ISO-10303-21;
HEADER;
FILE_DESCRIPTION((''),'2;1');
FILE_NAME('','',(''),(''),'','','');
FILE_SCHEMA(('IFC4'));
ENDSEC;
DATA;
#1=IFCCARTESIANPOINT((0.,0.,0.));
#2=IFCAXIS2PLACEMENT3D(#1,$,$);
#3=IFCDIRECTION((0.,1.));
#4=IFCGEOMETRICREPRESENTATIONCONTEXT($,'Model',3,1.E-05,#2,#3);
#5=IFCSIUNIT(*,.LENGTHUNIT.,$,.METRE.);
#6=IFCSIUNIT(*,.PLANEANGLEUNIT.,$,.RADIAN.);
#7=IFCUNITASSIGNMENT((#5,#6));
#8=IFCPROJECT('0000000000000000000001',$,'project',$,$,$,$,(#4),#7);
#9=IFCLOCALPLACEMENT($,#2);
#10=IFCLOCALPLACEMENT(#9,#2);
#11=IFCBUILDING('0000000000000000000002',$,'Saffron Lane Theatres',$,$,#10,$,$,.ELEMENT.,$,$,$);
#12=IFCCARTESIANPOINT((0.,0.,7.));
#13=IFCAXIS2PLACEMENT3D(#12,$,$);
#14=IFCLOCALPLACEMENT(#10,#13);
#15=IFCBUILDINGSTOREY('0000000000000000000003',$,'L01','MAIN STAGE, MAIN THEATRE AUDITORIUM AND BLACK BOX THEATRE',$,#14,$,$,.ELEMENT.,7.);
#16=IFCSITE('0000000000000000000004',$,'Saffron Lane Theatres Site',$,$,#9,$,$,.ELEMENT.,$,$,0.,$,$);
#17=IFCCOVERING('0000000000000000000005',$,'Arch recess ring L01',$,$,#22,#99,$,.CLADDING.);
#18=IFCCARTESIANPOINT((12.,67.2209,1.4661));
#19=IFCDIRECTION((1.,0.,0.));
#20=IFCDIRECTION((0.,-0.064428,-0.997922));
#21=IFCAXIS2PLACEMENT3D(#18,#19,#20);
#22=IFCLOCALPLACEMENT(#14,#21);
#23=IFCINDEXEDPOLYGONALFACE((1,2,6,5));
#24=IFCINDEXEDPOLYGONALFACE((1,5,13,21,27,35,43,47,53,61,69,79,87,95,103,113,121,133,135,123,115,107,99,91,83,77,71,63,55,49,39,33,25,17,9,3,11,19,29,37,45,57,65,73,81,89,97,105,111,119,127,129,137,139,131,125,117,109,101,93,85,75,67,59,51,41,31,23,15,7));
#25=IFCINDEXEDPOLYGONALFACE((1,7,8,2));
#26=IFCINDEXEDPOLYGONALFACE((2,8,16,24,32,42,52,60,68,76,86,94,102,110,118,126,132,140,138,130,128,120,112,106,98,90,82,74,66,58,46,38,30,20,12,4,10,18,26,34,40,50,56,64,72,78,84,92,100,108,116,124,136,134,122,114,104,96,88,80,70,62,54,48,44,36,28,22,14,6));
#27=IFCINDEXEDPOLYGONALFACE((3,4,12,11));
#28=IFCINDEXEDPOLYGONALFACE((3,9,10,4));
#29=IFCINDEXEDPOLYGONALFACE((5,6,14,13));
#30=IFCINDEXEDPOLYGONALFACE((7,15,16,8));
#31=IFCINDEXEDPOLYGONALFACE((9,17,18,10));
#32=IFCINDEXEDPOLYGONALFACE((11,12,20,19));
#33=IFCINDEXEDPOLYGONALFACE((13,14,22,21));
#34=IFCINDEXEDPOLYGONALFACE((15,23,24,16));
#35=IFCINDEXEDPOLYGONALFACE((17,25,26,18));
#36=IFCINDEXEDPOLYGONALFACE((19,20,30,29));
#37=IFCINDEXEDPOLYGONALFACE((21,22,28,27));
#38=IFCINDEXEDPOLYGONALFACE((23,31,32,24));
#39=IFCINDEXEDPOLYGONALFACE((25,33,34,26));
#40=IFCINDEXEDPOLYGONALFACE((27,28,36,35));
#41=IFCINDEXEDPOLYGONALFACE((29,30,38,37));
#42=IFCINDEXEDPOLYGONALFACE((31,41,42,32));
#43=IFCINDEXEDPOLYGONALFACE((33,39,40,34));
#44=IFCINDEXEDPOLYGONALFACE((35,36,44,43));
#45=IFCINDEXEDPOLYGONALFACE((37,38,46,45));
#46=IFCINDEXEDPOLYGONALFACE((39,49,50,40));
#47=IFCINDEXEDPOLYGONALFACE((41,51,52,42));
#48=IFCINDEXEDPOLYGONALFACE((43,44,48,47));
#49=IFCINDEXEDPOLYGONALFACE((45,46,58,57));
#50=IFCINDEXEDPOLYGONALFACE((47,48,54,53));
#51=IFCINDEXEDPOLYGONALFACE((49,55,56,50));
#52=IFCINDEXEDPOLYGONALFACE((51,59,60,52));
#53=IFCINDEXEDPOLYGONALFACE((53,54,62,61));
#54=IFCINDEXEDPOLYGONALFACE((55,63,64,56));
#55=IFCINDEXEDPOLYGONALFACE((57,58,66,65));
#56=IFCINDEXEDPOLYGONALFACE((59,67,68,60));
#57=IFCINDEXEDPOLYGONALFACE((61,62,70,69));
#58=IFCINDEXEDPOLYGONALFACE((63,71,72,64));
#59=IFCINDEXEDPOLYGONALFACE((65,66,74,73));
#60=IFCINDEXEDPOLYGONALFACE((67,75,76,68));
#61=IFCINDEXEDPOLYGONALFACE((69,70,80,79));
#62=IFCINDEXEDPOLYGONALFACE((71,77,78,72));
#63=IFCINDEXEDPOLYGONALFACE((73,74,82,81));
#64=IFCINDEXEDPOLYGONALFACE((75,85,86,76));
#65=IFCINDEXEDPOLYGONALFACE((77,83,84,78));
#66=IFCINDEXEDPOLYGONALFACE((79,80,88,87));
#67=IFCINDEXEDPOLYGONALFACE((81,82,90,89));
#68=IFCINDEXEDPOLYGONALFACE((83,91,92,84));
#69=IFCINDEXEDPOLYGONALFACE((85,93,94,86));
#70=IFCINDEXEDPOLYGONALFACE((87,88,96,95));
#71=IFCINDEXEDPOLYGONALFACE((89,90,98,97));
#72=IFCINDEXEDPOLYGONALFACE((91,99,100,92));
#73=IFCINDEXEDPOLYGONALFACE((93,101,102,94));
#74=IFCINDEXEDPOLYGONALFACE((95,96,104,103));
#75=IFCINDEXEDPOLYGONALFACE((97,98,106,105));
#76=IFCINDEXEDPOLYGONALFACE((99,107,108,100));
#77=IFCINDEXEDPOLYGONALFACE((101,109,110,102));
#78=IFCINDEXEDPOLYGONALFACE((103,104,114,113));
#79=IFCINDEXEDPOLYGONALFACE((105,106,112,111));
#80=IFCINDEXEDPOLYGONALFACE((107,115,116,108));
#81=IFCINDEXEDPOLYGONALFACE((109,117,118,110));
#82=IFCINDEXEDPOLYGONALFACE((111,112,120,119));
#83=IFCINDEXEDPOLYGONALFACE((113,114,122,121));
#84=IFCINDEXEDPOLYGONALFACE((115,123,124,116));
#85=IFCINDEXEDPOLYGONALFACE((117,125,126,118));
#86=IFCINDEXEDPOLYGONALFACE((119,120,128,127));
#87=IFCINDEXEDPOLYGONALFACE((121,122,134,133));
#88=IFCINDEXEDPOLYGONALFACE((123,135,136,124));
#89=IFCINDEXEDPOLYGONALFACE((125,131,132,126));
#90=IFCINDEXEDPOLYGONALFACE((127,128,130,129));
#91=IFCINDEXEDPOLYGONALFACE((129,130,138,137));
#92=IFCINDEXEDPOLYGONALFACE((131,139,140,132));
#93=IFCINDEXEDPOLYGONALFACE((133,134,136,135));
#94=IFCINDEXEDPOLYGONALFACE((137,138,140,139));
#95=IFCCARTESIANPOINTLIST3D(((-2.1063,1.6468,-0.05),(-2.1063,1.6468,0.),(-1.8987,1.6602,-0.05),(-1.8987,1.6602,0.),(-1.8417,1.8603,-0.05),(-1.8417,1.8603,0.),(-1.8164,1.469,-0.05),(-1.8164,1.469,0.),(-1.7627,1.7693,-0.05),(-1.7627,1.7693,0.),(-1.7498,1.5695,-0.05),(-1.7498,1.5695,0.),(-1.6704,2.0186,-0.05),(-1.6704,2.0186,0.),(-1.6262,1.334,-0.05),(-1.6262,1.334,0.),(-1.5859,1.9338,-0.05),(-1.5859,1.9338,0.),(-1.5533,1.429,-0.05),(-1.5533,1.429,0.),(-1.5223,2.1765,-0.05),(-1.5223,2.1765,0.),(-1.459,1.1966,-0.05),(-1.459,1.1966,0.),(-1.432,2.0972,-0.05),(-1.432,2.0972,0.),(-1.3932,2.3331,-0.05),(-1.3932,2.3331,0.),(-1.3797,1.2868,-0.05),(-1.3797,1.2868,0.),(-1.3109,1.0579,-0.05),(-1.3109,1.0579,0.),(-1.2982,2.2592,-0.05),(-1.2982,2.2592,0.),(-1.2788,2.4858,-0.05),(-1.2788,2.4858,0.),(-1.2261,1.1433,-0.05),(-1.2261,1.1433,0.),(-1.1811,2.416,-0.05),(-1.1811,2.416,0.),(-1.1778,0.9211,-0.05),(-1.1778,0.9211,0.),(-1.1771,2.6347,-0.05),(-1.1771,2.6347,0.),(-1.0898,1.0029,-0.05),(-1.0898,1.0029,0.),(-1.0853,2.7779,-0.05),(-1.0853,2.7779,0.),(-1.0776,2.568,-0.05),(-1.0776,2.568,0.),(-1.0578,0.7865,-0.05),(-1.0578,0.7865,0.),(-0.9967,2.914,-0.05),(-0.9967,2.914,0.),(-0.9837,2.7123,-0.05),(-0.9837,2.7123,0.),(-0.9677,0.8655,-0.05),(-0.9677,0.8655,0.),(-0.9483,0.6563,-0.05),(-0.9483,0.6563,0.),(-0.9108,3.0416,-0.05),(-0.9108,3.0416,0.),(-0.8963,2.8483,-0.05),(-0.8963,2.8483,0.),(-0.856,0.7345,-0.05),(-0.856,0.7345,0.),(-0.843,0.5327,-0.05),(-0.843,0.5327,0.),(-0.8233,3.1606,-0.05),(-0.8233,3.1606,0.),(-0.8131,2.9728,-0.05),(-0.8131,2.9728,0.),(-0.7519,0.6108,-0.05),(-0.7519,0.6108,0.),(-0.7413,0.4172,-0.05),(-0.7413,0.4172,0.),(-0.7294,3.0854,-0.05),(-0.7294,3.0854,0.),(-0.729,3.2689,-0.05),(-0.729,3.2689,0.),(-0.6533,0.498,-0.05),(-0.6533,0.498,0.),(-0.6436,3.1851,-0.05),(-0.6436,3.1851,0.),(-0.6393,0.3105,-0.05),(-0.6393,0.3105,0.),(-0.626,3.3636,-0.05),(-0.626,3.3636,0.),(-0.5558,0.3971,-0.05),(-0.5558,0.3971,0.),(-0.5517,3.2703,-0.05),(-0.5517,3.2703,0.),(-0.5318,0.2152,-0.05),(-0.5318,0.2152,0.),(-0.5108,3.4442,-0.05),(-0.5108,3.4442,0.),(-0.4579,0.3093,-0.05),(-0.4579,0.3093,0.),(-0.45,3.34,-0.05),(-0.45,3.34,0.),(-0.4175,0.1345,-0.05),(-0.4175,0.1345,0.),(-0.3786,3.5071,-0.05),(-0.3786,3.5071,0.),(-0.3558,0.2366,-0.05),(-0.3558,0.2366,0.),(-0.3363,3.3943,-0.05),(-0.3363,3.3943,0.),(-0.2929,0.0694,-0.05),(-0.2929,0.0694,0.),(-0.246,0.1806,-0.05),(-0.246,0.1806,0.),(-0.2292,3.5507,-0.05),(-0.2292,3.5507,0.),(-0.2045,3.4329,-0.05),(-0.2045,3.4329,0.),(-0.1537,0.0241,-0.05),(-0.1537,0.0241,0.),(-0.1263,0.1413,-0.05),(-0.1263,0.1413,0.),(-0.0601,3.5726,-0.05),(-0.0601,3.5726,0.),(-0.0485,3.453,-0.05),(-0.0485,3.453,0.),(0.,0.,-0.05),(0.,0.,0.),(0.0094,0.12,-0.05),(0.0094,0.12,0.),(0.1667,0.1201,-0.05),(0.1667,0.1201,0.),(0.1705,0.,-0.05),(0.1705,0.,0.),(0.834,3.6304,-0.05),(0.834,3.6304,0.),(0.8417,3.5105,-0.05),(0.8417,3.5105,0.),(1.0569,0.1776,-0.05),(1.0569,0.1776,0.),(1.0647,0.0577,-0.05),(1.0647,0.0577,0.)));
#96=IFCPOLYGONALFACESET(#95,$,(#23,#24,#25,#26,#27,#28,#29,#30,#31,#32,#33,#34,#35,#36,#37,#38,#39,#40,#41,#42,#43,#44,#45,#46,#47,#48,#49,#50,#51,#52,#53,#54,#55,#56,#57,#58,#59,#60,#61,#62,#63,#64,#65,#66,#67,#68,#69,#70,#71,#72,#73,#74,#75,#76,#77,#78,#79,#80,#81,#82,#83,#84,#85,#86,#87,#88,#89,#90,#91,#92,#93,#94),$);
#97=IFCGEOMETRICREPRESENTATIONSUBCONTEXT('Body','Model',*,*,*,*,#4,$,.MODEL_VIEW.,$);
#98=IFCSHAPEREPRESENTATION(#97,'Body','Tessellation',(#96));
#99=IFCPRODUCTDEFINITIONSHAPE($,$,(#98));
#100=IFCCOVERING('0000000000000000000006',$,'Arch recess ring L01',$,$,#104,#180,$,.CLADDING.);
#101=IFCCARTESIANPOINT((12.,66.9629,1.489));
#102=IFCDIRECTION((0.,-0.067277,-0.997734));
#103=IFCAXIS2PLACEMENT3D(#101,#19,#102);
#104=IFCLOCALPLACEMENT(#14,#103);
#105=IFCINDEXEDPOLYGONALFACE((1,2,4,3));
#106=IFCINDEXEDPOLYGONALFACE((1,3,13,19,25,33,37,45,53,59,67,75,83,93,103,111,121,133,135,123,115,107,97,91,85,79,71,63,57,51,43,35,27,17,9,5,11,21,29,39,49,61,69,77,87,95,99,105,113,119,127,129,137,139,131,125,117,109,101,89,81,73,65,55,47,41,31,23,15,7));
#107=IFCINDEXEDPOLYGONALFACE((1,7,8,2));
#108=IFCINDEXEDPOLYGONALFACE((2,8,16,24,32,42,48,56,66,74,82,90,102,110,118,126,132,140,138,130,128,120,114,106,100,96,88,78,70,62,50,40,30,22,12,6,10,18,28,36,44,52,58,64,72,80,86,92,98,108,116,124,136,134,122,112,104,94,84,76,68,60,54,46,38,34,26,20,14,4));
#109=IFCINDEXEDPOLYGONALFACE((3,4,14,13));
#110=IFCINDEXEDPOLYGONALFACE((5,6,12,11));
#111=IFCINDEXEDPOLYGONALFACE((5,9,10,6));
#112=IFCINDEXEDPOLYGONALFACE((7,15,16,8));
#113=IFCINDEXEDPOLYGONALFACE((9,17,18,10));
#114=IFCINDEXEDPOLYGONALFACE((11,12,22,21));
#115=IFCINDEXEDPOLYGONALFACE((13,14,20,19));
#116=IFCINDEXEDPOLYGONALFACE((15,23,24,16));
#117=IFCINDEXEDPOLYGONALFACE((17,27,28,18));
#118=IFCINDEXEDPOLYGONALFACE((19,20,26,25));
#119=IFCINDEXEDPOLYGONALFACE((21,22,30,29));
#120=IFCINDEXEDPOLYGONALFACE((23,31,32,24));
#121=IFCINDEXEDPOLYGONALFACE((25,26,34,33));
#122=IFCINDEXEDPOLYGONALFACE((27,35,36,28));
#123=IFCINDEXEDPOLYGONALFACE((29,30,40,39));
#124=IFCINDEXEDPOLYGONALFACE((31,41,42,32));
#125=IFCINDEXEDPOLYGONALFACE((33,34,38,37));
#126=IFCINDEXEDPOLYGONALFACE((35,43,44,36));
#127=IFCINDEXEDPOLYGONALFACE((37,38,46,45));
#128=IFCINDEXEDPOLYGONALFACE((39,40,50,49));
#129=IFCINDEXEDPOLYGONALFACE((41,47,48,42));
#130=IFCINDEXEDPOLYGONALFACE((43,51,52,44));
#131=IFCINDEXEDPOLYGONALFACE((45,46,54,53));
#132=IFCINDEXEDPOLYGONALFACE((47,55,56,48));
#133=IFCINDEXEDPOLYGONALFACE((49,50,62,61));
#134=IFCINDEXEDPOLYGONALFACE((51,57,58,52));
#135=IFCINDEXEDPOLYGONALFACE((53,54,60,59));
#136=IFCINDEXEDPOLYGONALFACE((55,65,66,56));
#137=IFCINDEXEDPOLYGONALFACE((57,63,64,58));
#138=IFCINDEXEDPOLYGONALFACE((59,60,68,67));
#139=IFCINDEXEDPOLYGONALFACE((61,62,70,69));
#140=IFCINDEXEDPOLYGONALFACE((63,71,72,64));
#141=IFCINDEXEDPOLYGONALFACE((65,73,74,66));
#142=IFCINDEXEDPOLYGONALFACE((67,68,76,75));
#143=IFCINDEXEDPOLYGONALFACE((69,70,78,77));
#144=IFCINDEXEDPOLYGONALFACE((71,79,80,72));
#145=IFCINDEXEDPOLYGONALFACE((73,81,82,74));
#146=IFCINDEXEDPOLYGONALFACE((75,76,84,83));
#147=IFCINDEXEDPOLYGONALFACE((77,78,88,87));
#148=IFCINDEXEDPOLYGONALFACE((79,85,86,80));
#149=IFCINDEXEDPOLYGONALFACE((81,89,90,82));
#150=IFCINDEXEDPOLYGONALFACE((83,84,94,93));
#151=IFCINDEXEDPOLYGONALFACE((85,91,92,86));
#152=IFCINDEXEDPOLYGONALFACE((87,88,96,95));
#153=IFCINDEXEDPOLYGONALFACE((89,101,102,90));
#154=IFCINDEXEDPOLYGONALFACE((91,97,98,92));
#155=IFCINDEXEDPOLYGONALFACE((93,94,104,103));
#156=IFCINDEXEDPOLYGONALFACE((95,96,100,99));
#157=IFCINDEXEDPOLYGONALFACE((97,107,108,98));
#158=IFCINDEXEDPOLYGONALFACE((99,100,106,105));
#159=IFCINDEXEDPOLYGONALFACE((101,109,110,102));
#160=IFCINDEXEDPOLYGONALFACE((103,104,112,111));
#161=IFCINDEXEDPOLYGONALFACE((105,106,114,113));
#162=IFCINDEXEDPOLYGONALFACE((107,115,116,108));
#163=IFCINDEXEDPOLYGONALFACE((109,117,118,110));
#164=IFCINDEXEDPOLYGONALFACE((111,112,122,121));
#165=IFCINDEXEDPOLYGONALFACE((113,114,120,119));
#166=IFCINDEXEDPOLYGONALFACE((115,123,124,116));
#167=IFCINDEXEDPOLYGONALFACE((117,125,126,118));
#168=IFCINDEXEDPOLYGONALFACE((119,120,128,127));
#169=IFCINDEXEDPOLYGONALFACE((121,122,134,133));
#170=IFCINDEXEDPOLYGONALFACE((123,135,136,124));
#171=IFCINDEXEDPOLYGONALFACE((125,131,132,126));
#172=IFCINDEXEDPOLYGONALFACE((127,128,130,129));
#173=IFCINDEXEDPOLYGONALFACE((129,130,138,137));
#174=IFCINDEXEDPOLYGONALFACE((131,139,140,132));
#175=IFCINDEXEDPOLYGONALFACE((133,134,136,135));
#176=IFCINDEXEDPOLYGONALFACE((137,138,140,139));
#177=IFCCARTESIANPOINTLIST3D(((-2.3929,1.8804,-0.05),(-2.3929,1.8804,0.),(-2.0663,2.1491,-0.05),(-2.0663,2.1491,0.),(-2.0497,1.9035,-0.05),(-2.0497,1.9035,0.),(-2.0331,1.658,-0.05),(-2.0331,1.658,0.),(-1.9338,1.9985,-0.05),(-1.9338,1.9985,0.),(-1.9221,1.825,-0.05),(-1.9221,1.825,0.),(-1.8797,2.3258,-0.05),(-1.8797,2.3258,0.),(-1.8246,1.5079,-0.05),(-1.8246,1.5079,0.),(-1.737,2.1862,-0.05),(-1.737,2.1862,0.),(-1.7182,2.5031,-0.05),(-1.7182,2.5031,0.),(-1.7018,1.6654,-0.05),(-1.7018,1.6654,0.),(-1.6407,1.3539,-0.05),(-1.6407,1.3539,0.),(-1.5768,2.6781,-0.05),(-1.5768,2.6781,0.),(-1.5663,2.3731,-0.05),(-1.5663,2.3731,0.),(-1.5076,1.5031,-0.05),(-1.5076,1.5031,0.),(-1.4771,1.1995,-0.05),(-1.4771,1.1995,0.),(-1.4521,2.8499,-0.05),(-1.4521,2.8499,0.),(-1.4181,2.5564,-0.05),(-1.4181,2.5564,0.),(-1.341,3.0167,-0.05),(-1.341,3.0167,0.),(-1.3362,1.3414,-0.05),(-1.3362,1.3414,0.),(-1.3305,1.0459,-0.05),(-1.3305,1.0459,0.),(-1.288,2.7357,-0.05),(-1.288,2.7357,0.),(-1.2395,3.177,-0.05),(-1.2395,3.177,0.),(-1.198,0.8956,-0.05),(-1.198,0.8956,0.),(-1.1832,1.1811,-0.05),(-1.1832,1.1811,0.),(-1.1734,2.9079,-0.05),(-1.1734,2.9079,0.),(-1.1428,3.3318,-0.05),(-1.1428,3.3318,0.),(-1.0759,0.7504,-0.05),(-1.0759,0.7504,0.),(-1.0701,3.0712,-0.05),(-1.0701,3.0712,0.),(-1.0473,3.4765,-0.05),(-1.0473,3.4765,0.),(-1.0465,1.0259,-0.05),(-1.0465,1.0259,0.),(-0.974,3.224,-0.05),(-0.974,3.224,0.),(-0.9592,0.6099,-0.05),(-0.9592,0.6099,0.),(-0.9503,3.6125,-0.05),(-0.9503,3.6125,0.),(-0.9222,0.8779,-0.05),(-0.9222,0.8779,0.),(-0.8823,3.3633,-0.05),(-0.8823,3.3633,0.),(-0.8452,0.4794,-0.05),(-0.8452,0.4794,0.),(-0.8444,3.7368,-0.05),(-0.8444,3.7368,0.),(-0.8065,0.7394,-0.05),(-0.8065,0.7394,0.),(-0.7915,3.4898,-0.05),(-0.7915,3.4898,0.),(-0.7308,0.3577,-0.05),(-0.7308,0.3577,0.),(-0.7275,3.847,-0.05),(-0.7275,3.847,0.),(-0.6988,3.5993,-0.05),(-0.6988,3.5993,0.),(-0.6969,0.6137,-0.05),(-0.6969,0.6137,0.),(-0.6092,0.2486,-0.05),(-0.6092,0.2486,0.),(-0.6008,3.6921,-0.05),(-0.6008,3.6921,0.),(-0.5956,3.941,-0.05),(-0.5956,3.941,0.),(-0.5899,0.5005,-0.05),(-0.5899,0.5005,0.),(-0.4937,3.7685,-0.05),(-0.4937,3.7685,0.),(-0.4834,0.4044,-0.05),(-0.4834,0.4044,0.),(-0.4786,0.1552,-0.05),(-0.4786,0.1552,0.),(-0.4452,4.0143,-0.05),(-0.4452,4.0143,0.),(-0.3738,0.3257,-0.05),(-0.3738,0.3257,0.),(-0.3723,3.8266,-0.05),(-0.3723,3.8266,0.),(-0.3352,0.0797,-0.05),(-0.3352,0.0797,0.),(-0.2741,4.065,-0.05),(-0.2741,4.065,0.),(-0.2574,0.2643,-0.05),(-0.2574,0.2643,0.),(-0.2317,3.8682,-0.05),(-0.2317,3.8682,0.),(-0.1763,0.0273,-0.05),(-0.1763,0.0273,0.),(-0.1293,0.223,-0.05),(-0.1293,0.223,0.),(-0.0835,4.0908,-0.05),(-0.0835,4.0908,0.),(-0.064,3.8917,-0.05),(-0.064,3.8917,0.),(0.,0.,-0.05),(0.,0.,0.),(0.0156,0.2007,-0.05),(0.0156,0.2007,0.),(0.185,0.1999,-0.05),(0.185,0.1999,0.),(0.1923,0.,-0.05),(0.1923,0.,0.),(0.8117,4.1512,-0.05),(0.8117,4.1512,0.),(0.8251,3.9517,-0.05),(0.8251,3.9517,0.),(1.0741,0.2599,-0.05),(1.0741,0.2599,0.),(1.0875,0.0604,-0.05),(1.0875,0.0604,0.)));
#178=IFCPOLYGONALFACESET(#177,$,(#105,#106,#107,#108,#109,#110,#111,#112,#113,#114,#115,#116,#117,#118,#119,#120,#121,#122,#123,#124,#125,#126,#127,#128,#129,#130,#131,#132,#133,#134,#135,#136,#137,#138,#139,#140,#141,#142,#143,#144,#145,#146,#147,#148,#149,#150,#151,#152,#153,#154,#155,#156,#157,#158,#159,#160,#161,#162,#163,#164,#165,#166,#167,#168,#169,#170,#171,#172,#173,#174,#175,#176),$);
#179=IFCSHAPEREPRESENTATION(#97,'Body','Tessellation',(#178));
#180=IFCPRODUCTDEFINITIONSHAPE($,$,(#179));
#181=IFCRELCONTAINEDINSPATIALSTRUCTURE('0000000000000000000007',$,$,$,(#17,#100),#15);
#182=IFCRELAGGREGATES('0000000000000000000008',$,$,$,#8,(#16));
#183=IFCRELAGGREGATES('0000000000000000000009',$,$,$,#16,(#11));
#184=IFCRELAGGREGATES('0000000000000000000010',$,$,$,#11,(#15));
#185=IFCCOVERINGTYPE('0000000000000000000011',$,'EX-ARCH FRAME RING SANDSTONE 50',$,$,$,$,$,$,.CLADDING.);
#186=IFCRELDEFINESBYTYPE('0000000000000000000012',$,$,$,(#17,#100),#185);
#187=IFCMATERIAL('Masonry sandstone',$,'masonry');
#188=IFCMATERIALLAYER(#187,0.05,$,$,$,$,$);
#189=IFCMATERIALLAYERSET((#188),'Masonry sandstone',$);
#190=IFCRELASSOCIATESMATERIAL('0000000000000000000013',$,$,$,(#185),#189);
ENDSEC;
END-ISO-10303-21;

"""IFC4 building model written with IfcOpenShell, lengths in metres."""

from ifc_helpers import new_model, si_unit, direction, frame, origin, place, context, subcontext, project, spatial, polyline, outline, extrude, material, layer, layer_set, type_object, element, save


model = new_model("IFC4")

# Units and contexts
model_context = context("Model", 3, precision=1e-05, world=origin(), true_north=direction((0.0, 1.0)))
body_context = subcontext(model_context, "Body", "Model", "MODEL_VIEW")
ifc_project = project(units=[si_unit("LENGTHUNIT", "METRE"), si_unit("PLANEANGLEUNIT", "RADIAN")], contexts=[model_context])

# Site, building, storey
site_placement = place(None, origin())
site = spatial("IfcSite", under=ifc_project, at=site_placement, Name="Saffron Lane Theatres Site", CompositionType="ELEMENT", RefElevation=0.0)
building_placement = place(site_placement, origin())
building = spatial("IfcBuilding", under=site, at=building_placement, Name="Saffron Lane Theatres", CompositionType="ELEMENT")
storey_placement = place(building_placement, frame((0.0, 0.0, 7.0)))
storey = spatial("IfcBuildingStorey", under=building, at=storey_placement, Name="L01", Description="MAIN STAGE, MAIN THEATRE AUDITORIUM AND BLACK BOX THEATRE", CompositionType="ELEMENT", Elevation=7.0)

# Coverings
ifc_material_1 = material(Name="Masonry sandstone", Category="masonry")
ifc_layer_1 = layer(ifc_material_1, 0.05)
ifc_layer_set_1 = layer_set([ifc_layer_1], Name="Masonry sandstone")
covering_type_1 = type_object("IfcCoveringType", Name="EX-ARCH FRAME RING SANDSTONE 50", PredefinedType="CLADDING", material=ifc_layer_set_1)
covering_1_placement = place(storey_placement, frame((12.0, 67.2209, 1.4661), z_axis=(1.0, 0.0, 0.0), x_axis=(0.0, -0.064428, -0.997922)))
element("IfcCovering", 1, at=covering_1_placement, inside=storey, type_object=covering_type_1, Name="Arch recess ring L01", PredefinedType="CLADDING", context=body_context, shape_type="SweptSolid", body=[
    extrude(outline(polyline([(0.0, 0.0), (0.1705, 0.0), (1.0647, 0.0577), (1.0569, 0.1776), (0.1667, 0.1201), (0.0094, 0.12), (-0.1263, 0.1413), (-0.246, 0.1806), (-0.3558, 0.2366), (-0.4579, 0.3093), (-0.5558, 0.3971), (-0.6533, 0.498), (-0.7519, 0.6108), (-0.856, 0.7345), (-0.9677, 0.8655), (-1.0898, 1.0029), (-1.2261, 1.1433), (-1.3797, 1.2868), (-1.5533, 1.429), (-1.7498, 1.5695), (-1.8987, 1.6602), (-1.7627, 1.7693), (-1.5859, 1.9338), (-1.432, 2.0972), (-1.2982, 2.2592), (-1.1811, 2.416), (-1.0776, 2.568), (-0.9837, 2.7123), (-0.8963, 2.8483), (-0.8131, 2.9728), (-0.7294, 3.0854), (-0.6436, 3.1851), (-0.5517, 3.2703), (-0.45, 3.34), (-0.3363, 3.3943), (-0.2045, 3.4329), (-0.0485, 3.453), (0.8417, 3.5105), (0.834, 3.6304), (-0.0601, 3.5726), (-0.2292, 3.5507), (-0.3786, 3.5071), (-0.5108, 3.4442), (-0.626, 3.3636), (-0.729, 3.2689), (-0.8233, 3.1606), (-0.9108, 3.0416), (-0.9967, 2.914), (-1.0853, 2.7779), (-1.1771, 2.6347), (-1.2788, 2.4858), (-1.3932, 2.3331), (-1.5223, 2.1765), (-1.6704, 2.0186), (-1.8417, 1.8603), (-2.1063, 1.6468), (-1.8164, 1.469), (-1.6262, 1.334), (-1.459, 1.1966), (-1.3109, 1.0579), (-1.1778, 0.9211), (-1.0578, 0.7865), (-0.9483, 0.6563), (-0.843, 0.5327), (-0.7413, 0.4172), (-0.6393, 0.3105), (-0.5318, 0.2152), (-0.4175, 0.1345), (-0.2929, 0.0694), (-0.1537, 0.0241), (0.0, 0.0)])), origin(), (0.0, 0.0, -1.0), 0.05),
])
covering_2_placement = place(storey_placement, frame((12.0, 66.9629, 1.489), z_axis=(1.0, 0.0, 0.0), x_axis=(0.0, -0.067277, -0.997734)))
element("IfcCovering", 2, at=covering_2_placement, inside=storey, type_object=covering_type_1, Name="Arch recess ring L01", PredefinedType="CLADDING", context=body_context, shape_type="SweptSolid", body=[
    extrude(outline(polyline([(0.0, 0.0), (0.1923, 0.0), (1.0875, 0.0604), (1.0741, 0.2599), (0.185, 0.1999), (0.0156, 0.2007), (-0.1293, 0.223), (-0.2574, 0.2643), (-0.3738, 0.3257), (-0.4834, 0.4044), (-0.5899, 0.5005), (-0.6969, 0.6137), (-0.8065, 0.7394), (-0.9222, 0.8779), (-1.0465, 1.0259), (-1.1832, 1.1811), (-1.3362, 1.3414), (-1.5076, 1.5031), (-1.7018, 1.6654), (-1.9221, 1.825), (-2.0497, 1.9035), (-1.9338, 1.9985), (-1.737, 2.1862), (-1.5663, 2.3731), (-1.4181, 2.5564), (-1.288, 2.7357), (-1.1734, 2.9079), (-1.0701, 3.0712), (-0.974, 3.224), (-0.8823, 3.3633), (-0.7915, 3.4898), (-0.6988, 3.5993), (-0.6008, 3.6921), (-0.4937, 3.7685), (-0.3723, 3.8266), (-0.2317, 3.8682), (-0.064, 3.8917), (0.8251, 3.9517), (0.8117, 4.1512), (-0.0835, 4.0908), (-0.2741, 4.065), (-0.4452, 4.0143), (-0.5956, 3.941), (-0.7275, 3.847), (-0.8444, 3.7368), (-0.9503, 3.6125), (-1.0473, 3.4765), (-1.1428, 3.3318), (-1.2395, 3.177), (-1.341, 3.0167), (-1.4521, 2.8499), (-1.5768, 2.6781), (-1.7182, 2.5031), (-1.8797, 2.3258), (-2.0663, 2.1491), (-2.3929, 1.8804), (-2.0331, 1.658), (-1.8246, 1.5079), (-1.6407, 1.3539), (-1.4771, 1.1995), (-1.3305, 1.0459), (-1.198, 0.8956), (-1.0759, 0.7504), (-0.9592, 0.6099), (-0.8452, 0.4794), (-0.7308, 0.3577), (-0.6092, 0.2486), (-0.4786, 0.1552), (-0.3352, 0.0797), (-0.1763, 0.0273), (0.0, 0.0)])), origin(), (0.0, 0.0, -1.0), 0.05),
])

save(model, "model.ifc")
